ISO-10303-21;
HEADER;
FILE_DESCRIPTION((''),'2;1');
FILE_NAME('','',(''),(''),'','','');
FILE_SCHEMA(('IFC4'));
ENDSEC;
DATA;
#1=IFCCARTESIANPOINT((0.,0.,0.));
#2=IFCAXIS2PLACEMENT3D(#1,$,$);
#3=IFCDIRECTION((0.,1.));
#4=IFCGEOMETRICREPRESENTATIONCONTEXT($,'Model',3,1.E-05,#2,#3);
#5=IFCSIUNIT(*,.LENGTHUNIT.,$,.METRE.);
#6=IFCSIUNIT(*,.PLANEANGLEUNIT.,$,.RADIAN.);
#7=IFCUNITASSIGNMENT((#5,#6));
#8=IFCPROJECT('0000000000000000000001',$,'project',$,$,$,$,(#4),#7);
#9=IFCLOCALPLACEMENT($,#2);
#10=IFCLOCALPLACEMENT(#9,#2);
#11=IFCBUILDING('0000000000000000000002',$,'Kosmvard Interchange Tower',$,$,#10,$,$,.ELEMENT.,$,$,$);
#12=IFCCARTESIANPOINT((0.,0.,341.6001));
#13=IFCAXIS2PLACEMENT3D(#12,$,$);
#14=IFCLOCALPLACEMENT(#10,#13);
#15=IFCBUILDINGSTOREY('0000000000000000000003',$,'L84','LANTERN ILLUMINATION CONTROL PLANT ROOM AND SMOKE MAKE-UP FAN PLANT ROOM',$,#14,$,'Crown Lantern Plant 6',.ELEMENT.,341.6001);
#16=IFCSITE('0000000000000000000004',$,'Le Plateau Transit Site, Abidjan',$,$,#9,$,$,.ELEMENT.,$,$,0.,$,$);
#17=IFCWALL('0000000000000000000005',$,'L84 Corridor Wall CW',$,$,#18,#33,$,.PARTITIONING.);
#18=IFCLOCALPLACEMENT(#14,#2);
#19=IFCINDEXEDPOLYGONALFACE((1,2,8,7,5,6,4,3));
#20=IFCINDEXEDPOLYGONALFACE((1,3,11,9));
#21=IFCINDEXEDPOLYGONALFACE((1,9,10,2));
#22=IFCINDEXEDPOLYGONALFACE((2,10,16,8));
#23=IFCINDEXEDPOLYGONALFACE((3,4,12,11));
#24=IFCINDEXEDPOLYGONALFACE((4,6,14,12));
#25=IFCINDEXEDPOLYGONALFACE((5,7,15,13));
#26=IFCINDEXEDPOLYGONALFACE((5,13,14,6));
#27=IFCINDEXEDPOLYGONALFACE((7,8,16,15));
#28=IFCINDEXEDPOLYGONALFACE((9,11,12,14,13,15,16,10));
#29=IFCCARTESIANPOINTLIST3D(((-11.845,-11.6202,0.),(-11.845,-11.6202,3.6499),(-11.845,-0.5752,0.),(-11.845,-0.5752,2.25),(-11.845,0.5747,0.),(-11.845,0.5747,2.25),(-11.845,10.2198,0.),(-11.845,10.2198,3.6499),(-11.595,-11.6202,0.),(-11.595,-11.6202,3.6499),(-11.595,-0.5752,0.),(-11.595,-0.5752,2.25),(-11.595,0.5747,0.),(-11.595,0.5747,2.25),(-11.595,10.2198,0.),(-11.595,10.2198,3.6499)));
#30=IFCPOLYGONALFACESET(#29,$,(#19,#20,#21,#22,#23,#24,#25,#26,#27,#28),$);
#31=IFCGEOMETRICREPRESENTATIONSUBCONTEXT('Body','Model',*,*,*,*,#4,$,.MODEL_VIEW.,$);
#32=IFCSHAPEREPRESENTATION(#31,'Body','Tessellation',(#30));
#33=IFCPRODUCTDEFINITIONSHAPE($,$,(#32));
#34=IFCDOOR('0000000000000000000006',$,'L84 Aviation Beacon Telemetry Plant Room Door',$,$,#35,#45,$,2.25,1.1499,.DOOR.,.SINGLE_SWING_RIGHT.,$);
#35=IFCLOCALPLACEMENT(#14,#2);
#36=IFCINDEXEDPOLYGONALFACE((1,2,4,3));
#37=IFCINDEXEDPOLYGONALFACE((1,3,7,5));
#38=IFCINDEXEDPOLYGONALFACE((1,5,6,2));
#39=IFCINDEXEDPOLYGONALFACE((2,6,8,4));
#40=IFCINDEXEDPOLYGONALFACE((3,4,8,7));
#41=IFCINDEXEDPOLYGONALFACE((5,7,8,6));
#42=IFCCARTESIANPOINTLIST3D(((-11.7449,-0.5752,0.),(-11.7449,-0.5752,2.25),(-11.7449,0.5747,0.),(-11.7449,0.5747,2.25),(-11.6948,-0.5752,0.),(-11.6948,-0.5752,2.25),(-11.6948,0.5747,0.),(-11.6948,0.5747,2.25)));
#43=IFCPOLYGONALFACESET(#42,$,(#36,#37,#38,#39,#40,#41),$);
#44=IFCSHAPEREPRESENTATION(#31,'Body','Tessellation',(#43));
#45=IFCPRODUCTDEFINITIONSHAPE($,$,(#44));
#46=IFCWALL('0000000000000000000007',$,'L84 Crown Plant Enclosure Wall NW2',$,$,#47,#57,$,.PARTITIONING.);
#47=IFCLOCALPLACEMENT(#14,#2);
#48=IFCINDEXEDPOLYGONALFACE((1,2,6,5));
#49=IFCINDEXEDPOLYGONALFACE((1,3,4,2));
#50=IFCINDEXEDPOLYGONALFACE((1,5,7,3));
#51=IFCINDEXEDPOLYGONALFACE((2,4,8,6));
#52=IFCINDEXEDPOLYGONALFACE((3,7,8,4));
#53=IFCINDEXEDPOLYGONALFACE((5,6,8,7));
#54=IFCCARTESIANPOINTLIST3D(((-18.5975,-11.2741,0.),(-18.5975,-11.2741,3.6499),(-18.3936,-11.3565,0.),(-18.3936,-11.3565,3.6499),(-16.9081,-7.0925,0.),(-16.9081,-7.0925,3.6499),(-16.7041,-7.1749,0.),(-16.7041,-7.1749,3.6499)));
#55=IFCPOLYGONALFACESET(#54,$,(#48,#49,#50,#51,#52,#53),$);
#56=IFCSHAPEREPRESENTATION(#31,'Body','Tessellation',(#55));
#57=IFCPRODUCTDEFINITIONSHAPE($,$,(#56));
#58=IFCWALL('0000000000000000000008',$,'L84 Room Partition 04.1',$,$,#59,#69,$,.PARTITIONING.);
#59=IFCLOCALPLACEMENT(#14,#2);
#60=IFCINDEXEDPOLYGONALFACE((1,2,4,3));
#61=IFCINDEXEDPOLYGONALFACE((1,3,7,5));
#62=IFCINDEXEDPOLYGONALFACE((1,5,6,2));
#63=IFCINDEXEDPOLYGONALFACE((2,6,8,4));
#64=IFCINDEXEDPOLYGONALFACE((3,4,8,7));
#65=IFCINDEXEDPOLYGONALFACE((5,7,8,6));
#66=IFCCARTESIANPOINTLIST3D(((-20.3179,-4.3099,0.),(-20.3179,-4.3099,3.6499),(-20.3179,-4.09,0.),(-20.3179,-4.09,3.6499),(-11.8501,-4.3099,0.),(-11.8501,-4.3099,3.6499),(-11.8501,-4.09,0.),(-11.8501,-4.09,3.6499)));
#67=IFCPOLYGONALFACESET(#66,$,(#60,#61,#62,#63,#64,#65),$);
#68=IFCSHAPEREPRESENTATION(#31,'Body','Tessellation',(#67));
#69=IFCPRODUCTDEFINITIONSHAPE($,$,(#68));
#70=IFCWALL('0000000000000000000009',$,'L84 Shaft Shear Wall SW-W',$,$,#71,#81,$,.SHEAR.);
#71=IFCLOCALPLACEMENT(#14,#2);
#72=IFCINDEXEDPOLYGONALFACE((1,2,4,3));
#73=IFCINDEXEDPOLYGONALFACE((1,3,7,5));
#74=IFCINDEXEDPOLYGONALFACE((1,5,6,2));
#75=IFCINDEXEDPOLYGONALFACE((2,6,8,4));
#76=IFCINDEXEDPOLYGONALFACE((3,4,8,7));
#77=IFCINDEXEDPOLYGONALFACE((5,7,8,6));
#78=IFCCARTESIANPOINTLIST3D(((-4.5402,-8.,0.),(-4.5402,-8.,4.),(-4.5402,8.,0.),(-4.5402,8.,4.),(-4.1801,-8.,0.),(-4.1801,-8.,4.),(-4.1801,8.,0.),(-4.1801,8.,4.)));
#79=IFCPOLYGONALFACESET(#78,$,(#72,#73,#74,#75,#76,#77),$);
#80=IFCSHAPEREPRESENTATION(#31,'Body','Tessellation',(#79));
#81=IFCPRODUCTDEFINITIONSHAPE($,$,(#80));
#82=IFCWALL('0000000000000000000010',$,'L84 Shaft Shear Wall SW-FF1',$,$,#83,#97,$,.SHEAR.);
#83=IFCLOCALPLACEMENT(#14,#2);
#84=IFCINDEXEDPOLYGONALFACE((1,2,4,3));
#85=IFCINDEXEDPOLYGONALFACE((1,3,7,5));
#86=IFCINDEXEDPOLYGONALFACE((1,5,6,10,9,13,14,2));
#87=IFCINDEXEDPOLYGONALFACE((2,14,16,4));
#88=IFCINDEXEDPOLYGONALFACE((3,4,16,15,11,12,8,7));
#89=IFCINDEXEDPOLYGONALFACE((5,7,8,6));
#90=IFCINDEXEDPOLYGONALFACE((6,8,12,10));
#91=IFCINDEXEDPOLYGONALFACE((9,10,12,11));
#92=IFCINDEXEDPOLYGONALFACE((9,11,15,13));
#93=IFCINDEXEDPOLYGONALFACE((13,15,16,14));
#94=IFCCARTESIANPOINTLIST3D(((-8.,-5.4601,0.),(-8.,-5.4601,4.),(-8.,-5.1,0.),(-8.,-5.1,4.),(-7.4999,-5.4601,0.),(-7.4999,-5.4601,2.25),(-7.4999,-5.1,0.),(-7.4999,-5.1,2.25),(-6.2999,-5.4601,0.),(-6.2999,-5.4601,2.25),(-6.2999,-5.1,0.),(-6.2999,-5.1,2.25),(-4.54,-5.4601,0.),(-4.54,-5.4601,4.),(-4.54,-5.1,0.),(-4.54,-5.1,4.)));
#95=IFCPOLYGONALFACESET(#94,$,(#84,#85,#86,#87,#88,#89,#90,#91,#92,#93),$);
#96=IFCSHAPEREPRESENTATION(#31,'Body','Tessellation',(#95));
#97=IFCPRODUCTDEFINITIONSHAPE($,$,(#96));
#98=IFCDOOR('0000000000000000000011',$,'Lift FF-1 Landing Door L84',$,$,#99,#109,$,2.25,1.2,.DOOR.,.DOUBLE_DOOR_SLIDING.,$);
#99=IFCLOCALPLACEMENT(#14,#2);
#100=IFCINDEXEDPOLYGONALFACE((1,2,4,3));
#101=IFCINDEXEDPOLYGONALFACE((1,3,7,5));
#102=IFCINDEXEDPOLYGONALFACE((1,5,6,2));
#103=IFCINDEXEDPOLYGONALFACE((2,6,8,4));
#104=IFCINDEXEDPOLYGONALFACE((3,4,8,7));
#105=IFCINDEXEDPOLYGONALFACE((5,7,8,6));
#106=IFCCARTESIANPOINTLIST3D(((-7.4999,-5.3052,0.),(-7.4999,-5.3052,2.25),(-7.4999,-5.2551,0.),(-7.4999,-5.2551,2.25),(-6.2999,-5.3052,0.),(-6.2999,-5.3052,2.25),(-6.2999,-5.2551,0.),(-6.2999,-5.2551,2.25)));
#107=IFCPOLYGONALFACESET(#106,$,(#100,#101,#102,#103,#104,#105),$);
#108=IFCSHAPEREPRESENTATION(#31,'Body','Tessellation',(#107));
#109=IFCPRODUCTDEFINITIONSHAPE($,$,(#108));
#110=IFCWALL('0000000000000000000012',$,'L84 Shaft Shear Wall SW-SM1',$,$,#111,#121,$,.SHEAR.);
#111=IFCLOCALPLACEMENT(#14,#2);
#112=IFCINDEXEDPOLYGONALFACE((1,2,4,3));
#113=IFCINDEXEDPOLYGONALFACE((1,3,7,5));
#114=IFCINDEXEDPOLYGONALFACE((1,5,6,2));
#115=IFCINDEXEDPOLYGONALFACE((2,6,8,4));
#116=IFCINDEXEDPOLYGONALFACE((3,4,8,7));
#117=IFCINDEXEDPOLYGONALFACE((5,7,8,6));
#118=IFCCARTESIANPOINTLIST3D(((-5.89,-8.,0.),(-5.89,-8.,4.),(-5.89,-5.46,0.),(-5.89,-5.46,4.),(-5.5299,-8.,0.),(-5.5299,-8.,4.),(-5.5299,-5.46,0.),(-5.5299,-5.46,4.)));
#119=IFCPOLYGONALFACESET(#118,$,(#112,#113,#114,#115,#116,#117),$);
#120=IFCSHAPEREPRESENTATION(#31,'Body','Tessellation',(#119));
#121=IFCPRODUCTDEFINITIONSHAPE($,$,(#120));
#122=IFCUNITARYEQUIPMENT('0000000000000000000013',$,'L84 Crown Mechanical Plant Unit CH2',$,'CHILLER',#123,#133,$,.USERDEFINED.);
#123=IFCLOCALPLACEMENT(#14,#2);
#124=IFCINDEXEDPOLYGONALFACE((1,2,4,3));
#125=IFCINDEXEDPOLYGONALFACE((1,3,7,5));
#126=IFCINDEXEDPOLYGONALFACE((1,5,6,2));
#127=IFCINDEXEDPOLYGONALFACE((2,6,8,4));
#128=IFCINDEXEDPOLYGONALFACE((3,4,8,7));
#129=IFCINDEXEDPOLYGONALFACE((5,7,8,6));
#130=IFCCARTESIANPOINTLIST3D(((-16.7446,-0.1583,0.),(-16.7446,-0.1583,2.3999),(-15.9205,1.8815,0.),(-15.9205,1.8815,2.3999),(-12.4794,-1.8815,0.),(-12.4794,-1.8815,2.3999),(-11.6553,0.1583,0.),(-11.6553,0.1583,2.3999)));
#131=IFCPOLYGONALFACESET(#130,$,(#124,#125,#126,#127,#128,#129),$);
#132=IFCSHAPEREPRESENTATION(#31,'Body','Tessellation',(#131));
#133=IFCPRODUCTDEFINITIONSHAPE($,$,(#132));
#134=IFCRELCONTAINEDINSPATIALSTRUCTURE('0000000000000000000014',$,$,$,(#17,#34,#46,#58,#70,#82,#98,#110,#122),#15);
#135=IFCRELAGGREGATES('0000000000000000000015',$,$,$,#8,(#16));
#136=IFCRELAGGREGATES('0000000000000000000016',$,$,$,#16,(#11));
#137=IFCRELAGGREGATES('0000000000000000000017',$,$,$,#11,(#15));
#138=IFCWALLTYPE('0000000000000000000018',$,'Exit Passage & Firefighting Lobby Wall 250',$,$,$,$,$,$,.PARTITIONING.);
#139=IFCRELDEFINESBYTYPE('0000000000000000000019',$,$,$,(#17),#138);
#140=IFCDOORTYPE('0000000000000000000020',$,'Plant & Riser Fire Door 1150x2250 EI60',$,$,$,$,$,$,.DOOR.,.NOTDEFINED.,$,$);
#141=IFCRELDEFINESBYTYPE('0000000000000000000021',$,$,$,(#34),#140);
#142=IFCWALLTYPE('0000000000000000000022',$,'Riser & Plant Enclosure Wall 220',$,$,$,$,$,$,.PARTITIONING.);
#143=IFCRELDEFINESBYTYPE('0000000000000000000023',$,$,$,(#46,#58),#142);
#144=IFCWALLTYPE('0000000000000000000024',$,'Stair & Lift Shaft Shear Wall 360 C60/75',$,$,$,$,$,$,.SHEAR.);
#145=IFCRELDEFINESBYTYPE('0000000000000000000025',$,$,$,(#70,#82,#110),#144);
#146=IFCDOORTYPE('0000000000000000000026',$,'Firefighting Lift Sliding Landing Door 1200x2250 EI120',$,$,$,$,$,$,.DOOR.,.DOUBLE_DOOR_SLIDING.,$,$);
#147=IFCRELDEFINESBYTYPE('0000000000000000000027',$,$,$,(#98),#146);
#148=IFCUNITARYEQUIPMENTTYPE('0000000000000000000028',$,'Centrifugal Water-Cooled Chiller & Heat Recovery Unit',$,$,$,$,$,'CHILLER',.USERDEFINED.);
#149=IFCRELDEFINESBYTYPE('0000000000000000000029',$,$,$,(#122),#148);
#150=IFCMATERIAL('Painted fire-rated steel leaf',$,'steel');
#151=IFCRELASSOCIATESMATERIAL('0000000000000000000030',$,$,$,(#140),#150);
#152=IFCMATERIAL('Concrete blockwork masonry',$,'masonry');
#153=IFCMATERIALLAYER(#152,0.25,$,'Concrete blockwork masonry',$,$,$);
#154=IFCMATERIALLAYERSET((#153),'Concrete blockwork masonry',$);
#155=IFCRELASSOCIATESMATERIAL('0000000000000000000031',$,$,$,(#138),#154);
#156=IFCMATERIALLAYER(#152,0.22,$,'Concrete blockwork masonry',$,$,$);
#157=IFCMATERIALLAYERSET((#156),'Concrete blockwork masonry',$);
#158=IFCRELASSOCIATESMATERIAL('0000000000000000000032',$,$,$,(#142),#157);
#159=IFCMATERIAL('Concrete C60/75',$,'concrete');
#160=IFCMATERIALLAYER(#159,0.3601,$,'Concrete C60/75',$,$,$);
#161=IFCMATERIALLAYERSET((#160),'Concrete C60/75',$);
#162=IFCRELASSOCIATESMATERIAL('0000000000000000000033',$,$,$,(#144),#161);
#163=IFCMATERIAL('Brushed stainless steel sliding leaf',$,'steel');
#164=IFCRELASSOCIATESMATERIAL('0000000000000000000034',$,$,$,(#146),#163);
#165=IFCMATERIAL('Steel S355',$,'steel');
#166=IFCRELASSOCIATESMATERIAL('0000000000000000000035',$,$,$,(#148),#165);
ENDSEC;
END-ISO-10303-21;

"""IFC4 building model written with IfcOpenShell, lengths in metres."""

from ifc_helpers import new_model, si_unit, direction, frame, frame_2d, origin, origin_2d, place, context, subcontext, project, spatial, rectangle, extrude, source, transform, mapped, material, layer, layer_set, type_object, element, fill, save


model = new_model("IFC4")

# Units and contexts
model_context = context("Model", 3, precision=1e-05, world=origin(), true_north=direction((0.0, 1.0)))
body_context = subcontext(model_context, "Body", "Model", "MODEL_VIEW")
ifc_project = project(units=[si_unit("LENGTHUNIT", "METRE"), si_unit("PLANEANGLEUNIT", "RADIAN")], contexts=[model_context])

# Site, building, storey
site_placement = place(None, origin())
site = spatial("IfcSite", under=ifc_project, at=site_placement, Name="Le Plateau Transit Site, Abidjan", CompositionType="ELEMENT", RefElevation=0.0)
building_placement = place(site_placement, origin())
building = spatial("IfcBuilding", under=site, at=building_placement, Name="Kosmvard Interchange Tower", CompositionType="ELEMENT")
storey_placement = place(building_placement, frame((0.0, 0.0, 341.6001)))
storey = spatial("IfcBuildingStorey", under=building, at=storey_placement, Name="L84", Description="LANTERN ILLUMINATION CONTROL PLANT ROOM AND SMOKE MAKE-UP FAN PLANT ROOM", LongName="Crown Lantern Plant 6", CompositionType="ELEMENT", Elevation=341.6001)

# Shared definitions
ifc_material_1 = material(Name="Steel S355", Category="steel")

# Shared definitions
ifc_material_2 = material(Name="Painted fire-rated steel leaf", Category="steel")
door_type_1 = type_object("IfcDoorType", Name="Plant & Riser Fire Door 1150x2250 EI60", OperationType="NOTDEFINED", PredefinedType="DOOR", material=ifc_material_2)
shared_shape_1 = source(origin(), body_context, "Body", "SweptSolid", [
    extrude(rectangle(XDim=1.1499, YDim=2.25, at=frame_2d((0.575, 1.125))), frame((0.0, 0.0249, 0.0), z_axis=(0.0, -1.0, 0.0), x_axis=(1.0, 0.0, 0.0)), (0.0, 0.0, 1.0), 0.05),
])

# Wall, opening, door
ifc_material_3 = material(Name="Concrete blockwork masonry", Category="masonry")
ifc_layer_1 = layer(ifc_material_3, 0.25, Name="Concrete blockwork masonry")
ifc_layer_set_1 = layer_set([ifc_layer_1], Name="Concrete blockwork masonry")
wall_type_1 = type_object("IfcWallType", Name="Exit Passage & Firefighting Lobby Wall 250", PredefinedType="PARTITIONING", material=ifc_layer_set_1)
wall_1_placement = place(storey_placement, frame((-11.72, -11.6201, 0.0), z_axis=(0.0, 0.0, 1.0), x_axis=(0.0, 1.0, 0.0)))
wall_1 = element("IfcWall", 1, at=wall_1_placement, inside=storey, type_object=wall_type_1, Name="L84 Corridor Wall CW", PredefinedType="PARTITIONING", context=body_context, shape_type="SweptSolid", body=[
    extrude(rectangle(XDim=21.8401, YDim=0.25, at=frame_2d((10.9199, 0.0))), origin(), (0.0, 0.0, 1.0), 3.6499),
])
opening_1_placement = place(wall_1_placement, frame((11.0449, 0.0, 0.0)))
opening_1 = element("IfcOpeningElement", 2, at=opening_1_placement, cuts=wall_1, PredefinedType="OPENING", context=body_context, shape_type="SweptSolid", body=[
    extrude(rectangle(XDim=1.1499, YDim=2.25, at=frame_2d((0.575, 1.125))), frame((0.0, 0.135, 0.0), z_axis=(0.0, -1.0, 0.0), x_axis=(1.0, 0.0, 0.0)), (0.0, 0.0, 1.0), 0.27),
])
door_1_placement = place(opening_1_placement, origin())
door_1 = element("IfcDoor", 3, at=door_1_placement, inside=storey, type_object=door_type_1, Name="L84 Aviation Beacon Telemetry Plant Room Door", OperationType="SINGLE_SWING_RIGHT", OverallHeight=2.25, OverallWidth=1.1499, PredefinedType="DOOR", context=body_context, shape_type="MappedRepresentation", body=[
    mapped(shared_shape_1, transform((0.0, 0.0, 0.0), scale=1.0)),
])
fill(opening_1, door_1)

# Walls
ifc_layer_2 = layer(ifc_material_3, 0.22, Name="Concrete blockwork masonry")
ifc_layer_set_2 = layer_set([ifc_layer_2], Name="Concrete blockwork masonry")
wall_type_2 = type_object("IfcWallType", Name="Riser & Plant Enclosure Wall 220", PredefinedType="PARTITIONING", material=ifc_layer_set_2)
wall_2_placement = place(storey_placement, frame((-16.8062, -7.1338, 0.0), z_axis=(0.0, 0.0, 1.0), x_axis=(-0.374599, -0.927187, 0.0)))
element("IfcWall", 4, at=wall_2_placement, inside=storey, type_object=wall_type_2, Name="L84 Crown Plant Enclosure Wall NW2", PredefinedType="PARTITIONING", context=body_context, shape_type="SweptSolid", body=[
    extrude(rectangle(XDim=4.51, YDim=0.22, at=frame_2d((2.2549, 0.0))), origin(), (0.0, 0.0, 1.0), 3.6499),
])
wall_3_placement = place(storey_placement, frame((-11.8501, -4.2, 0.0), z_axis=(0.0, 0.0, 1.0), x_axis=(-1.0, 0.0, 0.0)))
element("IfcWall", 5, at=wall_3_placement, inside=storey, type_object=wall_type_2, Name="L84 Room Partition 04.1", PredefinedType="PARTITIONING", context=body_context, shape_type="SweptSolid", body=[
    extrude(rectangle(XDim=8.4678, YDim=0.22, at=frame_2d((4.2339, 0.0))), origin(), (0.0, 0.0, 1.0), 3.6499),
])
ifc_material_4 = material(Name="Concrete C60/75", Category="concrete")
ifc_layer_3 = layer(ifc_material_4, 0.3601, Name="Concrete C60/75")
ifc_layer_set_3 = layer_set([ifc_layer_3], Name="Concrete C60/75")
wall_type_3 = type_object("IfcWallType", Name="Stair & Lift Shaft Shear Wall 360 C60/75", PredefinedType="SHEAR", material=ifc_layer_set_3)
wall_4_placement = place(storey_placement, frame((-4.3601, -8.0, 0.0), z_axis=(0.0, 0.0, 1.0), x_axis=(0.0, 1.0, 0.0)))
element("IfcWall", 6, at=wall_4_placement, inside=storey, type_object=wall_type_3, Name="L84 Shaft Shear Wall SW-W", PredefinedType="SHEAR", context=body_context, shape_type="SweptSolid", body=[
    extrude(rectangle(XDim=16.0, YDim=0.3601, at=frame_2d((8.0, 0.0))), origin(), (0.0, 0.0, 1.0), 4.0),
])

# Wall, opening, door
wall_5_placement = place(storey_placement, frame((-8.0, -5.28, 0.0), z_axis=(0.0, 0.0, 1.0), x_axis=(1.0, 0.0, 0.0)))
wall_5 = element("IfcWall", 7, at=wall_5_placement, inside=storey, type_object=wall_type_3, Name="L84 Shaft Shear Wall SW-FF1", PredefinedType="SHEAR", context=body_context, shape_type="SweptSolid", body=[
    extrude(rectangle(XDim=3.46, YDim=0.3601, at=frame_2d((1.73, 0.0))), origin(), (0.0, 0.0, 1.0), 4.0),
])
opening_2_placement = place(wall_5_placement, frame((0.5, 0.0, 0.0)))
opening_2 = element("IfcOpeningElement", 8, at=opening_2_placement, cuts=wall_5, PredefinedType="OPENING", context=body_context, shape_type="SweptSolid", body=[
    extrude(rectangle(XDim=1.2, YDim=2.25, at=frame_2d((0.6001, 1.125))), frame((0.0, 0.1899, 0.0), z_axis=(0.0, -1.0, 0.0), x_axis=(1.0, 0.0, 0.0)), (0.0, 0.0, 1.0), 0.3801),
])
ifc_material_5 = material(Name="Brushed stainless steel sliding leaf", Category="steel")
door_type_2 = type_object("IfcDoorType", Name="Firefighting Lift Sliding Landing Door 1200x2250 EI120", OperationType="DOUBLE_DOOR_SLIDING", PredefinedType="DOOR", material=ifc_material_5)
shared_shape_2 = source(origin(), body_context, "Body", "SweptSolid", [
    extrude(rectangle(XDim=1.2, YDim=2.25, at=frame_2d((0.6001, 1.125))), frame((0.0, 0.0249, 0.0), z_axis=(0.0, -1.0, 0.0), x_axis=(1.0, 0.0, 0.0)), (0.0, 0.0, 1.0), 0.05),
])
door_2_placement = place(opening_2_placement, origin())
door_2 = element("IfcDoor", 9, at=door_2_placement, inside=storey, type_object=door_type_2, Name="Lift FF-1 Landing Door L84", OperationType="DOUBLE_DOOR_SLIDING", OverallHeight=2.25, OverallWidth=1.2, PredefinedType="DOOR", context=body_context, shape_type="MappedRepresentation", body=[
    mapped(shared_shape_2, transform((0.0, 0.0, 0.0), scale=1.0)),
])
fill(opening_2, door_2)

# Wall
wall_6_placement = place(storey_placement, frame((-5.71, -8.0, 0.0), z_axis=(0.0, 0.0, 1.0), x_axis=(0.0, 1.0, 0.0)))
element("IfcWall", 10, at=wall_6_placement, inside=storey, type_object=wall_type_3, Name="L84 Shaft Shear Wall SW-SM1", PredefinedType="SHEAR", context=body_context, shape_type="SweptSolid", body=[
    extrude(rectangle(XDim=2.54, YDim=0.3601, at=frame_2d((1.27, 0.0))), origin(), (0.0, 0.0, 1.0), 4.0),
])

# Unitary equipment
unitary_equipment_type = type_object("IfcUnitaryEquipmentType", Name="Centrifugal Water-Cooled Chiller & Heat Recovery Unit", ElementType="CHILLER", PredefinedType="USERDEFINED", material=ifc_material_1)
shared_shape_3 = source(origin(), body_context, "Body", "SweptSolid", [
    extrude(rectangle(XDim=2.2, YDim=4.6001, at=origin_2d()), origin(), (0.0, 0.0, 1.0), 2.3999),
])
unitary_equipment_placement = place(storey_placement, frame((-14.2, 0.0, 0.0), z_axis=(0.0, 0.0, 1.0), x_axis=(0.374607, 0.927184, 0.0)))
element("IfcUnitaryEquipment", 11, at=unitary_equipment_placement, inside=storey, type_object=unitary_equipment_type, Name="L84 Crown Mechanical Plant Unit CH2", ObjectType="CHILLER", PredefinedType="USERDEFINED", context=body_context, shape_type="MappedRepresentation", body=[
    mapped(shared_shape_3, transform((0.0, 0.0, 0.0), scale=1.0)),
])

save(model, "model.ifc")
